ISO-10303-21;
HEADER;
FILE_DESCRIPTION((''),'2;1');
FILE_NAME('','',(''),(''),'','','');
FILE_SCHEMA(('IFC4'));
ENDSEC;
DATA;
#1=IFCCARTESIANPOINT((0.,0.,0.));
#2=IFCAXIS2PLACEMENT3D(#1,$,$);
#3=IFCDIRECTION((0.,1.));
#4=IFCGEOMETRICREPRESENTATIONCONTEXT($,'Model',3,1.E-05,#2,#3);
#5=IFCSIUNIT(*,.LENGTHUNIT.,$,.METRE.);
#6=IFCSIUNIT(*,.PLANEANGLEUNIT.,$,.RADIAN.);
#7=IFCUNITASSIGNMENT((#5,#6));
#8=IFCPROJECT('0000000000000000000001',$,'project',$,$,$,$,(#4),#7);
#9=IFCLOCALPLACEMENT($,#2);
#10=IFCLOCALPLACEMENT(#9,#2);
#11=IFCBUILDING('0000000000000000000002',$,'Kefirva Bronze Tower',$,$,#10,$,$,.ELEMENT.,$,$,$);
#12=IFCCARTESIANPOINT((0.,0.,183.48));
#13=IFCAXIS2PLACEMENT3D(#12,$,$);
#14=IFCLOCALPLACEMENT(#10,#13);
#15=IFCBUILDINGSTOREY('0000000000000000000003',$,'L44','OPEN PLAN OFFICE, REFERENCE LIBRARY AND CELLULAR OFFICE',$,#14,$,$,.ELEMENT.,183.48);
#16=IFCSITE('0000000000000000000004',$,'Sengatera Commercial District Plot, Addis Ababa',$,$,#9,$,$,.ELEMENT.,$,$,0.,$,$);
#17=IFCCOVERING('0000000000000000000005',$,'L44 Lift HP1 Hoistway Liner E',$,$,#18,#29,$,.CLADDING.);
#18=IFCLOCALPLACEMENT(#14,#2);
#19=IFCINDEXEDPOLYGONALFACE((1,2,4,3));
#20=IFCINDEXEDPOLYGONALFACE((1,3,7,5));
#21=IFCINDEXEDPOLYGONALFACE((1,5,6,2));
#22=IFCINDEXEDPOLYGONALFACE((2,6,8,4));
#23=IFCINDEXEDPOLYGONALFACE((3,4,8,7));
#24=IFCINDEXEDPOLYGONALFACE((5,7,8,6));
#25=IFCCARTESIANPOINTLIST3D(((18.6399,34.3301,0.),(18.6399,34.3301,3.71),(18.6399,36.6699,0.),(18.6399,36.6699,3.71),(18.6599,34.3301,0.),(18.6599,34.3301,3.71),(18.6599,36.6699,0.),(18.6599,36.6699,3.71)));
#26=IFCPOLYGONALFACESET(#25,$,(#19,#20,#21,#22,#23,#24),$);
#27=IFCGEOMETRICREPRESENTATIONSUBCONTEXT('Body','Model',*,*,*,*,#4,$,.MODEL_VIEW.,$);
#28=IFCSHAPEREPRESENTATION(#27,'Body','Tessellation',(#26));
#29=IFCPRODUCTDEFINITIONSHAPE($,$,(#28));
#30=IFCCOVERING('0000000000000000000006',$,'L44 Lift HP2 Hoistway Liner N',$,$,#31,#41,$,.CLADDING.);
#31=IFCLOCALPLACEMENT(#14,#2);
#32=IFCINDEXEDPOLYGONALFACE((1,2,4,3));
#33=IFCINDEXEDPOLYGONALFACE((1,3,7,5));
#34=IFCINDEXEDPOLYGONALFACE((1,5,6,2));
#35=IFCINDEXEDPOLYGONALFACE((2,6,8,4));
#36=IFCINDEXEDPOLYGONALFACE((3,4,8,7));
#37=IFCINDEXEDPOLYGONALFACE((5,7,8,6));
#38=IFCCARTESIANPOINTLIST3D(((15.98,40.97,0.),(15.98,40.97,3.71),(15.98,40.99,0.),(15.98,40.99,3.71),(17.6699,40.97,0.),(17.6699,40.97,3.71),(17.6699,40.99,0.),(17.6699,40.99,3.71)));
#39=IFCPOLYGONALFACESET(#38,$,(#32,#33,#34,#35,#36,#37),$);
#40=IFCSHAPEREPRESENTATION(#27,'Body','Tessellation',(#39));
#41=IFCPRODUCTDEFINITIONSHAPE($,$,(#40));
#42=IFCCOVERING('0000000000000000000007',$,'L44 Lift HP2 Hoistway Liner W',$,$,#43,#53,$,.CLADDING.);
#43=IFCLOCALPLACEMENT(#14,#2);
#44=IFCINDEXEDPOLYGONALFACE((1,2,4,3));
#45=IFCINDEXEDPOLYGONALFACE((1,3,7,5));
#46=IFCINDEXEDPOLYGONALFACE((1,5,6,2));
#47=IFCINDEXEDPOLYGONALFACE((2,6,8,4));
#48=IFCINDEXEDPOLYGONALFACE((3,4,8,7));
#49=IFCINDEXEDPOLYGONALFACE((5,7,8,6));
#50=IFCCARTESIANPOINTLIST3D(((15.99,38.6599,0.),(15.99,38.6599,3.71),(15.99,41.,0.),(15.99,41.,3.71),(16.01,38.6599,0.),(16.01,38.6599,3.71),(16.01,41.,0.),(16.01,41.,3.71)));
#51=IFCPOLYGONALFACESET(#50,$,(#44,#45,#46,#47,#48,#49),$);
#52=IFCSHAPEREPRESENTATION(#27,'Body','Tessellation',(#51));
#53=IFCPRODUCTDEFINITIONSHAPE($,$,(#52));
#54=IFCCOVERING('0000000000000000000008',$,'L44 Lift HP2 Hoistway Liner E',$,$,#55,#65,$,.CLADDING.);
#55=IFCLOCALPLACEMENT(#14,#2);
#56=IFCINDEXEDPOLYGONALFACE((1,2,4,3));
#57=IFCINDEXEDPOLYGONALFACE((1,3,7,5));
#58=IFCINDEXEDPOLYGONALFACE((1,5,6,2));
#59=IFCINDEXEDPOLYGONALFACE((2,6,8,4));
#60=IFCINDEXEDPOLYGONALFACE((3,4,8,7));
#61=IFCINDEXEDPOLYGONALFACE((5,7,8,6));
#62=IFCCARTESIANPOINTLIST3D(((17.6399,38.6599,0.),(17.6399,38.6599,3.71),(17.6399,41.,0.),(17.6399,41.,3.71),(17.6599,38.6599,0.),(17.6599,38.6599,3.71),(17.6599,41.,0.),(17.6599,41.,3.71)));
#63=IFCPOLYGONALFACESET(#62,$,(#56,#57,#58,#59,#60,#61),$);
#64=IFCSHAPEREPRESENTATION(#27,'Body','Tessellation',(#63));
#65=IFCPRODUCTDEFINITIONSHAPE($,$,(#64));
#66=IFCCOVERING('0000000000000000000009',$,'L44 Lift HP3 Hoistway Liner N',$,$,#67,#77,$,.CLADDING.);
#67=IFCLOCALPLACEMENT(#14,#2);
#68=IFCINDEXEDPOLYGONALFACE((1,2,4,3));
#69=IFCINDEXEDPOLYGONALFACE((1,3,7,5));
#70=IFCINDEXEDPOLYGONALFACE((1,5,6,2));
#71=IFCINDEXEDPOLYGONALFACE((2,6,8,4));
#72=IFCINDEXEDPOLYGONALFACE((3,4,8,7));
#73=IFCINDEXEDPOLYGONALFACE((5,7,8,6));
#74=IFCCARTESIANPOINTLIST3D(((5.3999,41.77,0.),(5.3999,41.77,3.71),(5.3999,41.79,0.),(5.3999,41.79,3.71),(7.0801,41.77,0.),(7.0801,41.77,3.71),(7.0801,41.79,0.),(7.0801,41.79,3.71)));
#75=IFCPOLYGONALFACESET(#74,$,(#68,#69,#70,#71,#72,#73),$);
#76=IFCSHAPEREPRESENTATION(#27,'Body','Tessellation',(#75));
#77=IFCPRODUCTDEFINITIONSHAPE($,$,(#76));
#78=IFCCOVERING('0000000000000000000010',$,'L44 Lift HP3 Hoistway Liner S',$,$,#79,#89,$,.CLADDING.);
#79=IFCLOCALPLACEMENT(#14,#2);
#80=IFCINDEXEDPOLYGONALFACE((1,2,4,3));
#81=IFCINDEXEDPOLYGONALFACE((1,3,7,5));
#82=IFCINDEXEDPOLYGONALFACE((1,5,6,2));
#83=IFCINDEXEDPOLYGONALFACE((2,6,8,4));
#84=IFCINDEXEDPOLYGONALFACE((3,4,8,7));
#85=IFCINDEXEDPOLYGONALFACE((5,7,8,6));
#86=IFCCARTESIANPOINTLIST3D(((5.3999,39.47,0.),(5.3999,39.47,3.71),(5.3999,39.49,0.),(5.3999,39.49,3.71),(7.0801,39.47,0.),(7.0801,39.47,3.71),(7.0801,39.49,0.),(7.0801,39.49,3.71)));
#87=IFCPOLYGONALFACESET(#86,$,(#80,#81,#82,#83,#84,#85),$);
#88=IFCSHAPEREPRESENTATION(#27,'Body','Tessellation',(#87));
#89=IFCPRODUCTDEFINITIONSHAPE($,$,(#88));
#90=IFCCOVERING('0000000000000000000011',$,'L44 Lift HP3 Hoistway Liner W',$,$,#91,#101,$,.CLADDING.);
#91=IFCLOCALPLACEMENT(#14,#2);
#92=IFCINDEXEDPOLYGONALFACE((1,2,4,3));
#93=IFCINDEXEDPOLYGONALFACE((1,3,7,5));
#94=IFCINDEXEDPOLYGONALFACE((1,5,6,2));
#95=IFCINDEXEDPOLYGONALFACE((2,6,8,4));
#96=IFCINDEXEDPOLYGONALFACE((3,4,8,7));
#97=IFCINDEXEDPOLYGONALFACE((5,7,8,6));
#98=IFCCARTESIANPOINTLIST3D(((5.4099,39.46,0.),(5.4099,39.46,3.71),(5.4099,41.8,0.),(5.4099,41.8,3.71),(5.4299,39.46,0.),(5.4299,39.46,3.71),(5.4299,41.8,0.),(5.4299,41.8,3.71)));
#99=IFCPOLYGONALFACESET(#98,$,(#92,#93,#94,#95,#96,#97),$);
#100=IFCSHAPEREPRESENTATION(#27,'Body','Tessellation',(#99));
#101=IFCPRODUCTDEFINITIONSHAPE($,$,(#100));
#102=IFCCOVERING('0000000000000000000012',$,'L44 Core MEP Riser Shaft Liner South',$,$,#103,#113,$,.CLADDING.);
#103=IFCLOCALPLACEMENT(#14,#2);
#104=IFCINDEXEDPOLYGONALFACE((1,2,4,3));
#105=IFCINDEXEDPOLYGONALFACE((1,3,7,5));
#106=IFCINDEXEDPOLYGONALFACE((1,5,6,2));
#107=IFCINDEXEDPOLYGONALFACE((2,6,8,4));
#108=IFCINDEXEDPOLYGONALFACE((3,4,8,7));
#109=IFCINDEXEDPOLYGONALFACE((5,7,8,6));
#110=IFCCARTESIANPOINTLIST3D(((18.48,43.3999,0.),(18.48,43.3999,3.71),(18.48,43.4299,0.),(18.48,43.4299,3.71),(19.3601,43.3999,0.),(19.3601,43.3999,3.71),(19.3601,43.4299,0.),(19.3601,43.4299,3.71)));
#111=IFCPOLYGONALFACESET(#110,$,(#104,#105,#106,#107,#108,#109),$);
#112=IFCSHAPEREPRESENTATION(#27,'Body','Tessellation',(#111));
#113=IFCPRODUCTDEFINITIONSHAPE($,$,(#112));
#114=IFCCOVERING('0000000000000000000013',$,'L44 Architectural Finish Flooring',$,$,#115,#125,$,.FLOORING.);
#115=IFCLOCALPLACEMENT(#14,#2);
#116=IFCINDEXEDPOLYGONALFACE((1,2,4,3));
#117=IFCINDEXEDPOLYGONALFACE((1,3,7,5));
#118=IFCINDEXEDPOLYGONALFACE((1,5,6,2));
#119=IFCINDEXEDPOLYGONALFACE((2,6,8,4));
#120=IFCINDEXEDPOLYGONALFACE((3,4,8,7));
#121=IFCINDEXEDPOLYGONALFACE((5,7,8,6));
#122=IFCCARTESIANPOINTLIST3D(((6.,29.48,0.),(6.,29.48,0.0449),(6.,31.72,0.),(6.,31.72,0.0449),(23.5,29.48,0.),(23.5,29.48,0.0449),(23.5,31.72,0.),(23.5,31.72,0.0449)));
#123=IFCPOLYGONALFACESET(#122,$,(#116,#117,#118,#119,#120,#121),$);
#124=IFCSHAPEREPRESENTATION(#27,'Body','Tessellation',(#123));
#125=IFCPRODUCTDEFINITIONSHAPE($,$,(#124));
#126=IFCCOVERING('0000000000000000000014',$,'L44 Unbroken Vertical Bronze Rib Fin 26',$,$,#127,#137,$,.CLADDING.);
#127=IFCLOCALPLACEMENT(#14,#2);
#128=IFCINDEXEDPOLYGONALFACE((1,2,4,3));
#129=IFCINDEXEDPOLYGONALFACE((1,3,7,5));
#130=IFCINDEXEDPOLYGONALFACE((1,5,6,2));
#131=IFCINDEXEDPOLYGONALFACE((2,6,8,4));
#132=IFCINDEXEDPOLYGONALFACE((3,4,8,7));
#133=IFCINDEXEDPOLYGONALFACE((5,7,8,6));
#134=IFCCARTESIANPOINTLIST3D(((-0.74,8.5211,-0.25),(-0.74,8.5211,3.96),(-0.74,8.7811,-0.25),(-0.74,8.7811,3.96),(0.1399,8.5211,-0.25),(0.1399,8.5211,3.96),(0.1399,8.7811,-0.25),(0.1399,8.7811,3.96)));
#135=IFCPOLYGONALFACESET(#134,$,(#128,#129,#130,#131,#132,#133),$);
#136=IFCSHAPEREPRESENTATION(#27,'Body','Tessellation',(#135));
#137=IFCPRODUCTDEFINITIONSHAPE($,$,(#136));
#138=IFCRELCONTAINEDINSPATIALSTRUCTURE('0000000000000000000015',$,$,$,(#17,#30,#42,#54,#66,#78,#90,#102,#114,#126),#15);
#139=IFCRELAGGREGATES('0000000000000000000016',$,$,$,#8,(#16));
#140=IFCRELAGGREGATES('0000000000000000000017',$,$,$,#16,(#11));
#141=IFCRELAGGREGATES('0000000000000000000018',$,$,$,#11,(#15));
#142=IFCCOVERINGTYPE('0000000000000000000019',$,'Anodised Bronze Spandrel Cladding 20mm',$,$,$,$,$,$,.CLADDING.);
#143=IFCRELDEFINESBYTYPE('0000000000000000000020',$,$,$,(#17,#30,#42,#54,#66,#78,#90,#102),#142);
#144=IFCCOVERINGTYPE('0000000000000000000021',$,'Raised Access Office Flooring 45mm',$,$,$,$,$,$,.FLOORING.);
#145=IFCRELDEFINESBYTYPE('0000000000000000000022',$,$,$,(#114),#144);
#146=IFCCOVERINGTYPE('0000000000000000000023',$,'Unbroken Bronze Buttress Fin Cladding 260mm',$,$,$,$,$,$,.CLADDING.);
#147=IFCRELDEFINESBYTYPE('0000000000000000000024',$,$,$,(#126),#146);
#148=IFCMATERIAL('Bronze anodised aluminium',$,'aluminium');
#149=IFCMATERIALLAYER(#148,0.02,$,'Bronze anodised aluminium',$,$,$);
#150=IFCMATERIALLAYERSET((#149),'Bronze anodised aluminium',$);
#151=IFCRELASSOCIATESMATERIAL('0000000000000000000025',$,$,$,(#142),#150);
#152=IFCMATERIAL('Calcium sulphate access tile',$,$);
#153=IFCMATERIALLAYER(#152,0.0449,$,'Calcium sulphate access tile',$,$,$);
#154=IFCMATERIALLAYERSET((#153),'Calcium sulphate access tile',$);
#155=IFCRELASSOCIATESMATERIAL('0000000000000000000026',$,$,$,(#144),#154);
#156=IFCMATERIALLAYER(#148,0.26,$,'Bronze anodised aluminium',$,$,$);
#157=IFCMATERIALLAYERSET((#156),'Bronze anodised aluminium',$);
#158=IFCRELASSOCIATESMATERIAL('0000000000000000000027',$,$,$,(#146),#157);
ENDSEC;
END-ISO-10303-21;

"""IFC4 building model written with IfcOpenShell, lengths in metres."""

from ifc_helpers import new_model, si_unit, direction, frame, origin, origin_2d, place, context, subcontext, project, spatial, polyline, rectangle, outline, extrude, material, layer, layer_set, type_object, element, save


model = new_model("IFC4")

# Units and contexts
model_context = context("Model", 3, precision=1e-05, world=origin(), true_north=direction((0.0, 1.0)))
body_context = subcontext(model_context, "Body", "Model", "MODEL_VIEW")
ifc_project = project(units=[si_unit("LENGTHUNIT", "METRE"), si_unit("PLANEANGLEUNIT", "RADIAN")], contexts=[model_context])

# Site, building, storey
site_placement = place(None, origin())
site = spatial("IfcSite", under=ifc_project, at=site_placement, Name="Sengatera Commercial District Plot, Addis Ababa", CompositionType="ELEMENT", RefElevation=0.0)
building_placement = place(site_placement, origin())
building = spatial("IfcBuilding", under=site, at=building_placement, Name="Kefirva Bronze Tower", CompositionType="ELEMENT")
storey_placement = place(building_placement, frame((0.0, 0.0, 183.48)))
storey = spatial("IfcBuildingStorey", under=building, at=storey_placement, Name="L44", Description="OPEN PLAN OFFICE, REFERENCE LIBRARY AND CELLULAR OFFICE", CompositionType="ELEMENT", Elevation=183.48)

# Shared definitions
ifc_material_1 = material(Name="Bronze anodised aluminium", Category="aluminium")

# Coverings
ifc_layer_1 = layer(ifc_material_1, 0.02, Name="Bronze anodised aluminium")
ifc_layer_set_1 = layer_set([ifc_layer_1], Name="Bronze anodised aluminium")
covering_type_1 = type_object("IfcCoveringType", Name="Anodised Bronze Spandrel Cladding 20mm", PredefinedType="CLADDING", material=ifc_layer_set_1)
covering_1_placement = place(storey_placement, origin())
element("IfcCovering", 1, at=covering_1_placement, inside=storey, type_object=covering_type_1, Name="L44 Lift HP1 Hoistway Liner E", PredefinedType="CLADDING", context=body_context, shape_type="SweptSolid", body=[
    extrude(outline(polyline([(18.6399, 34.3301), (18.6599, 34.3301), (18.6599, 36.6699), (18.6399, 36.6699), (18.6399, 34.3301)])), origin(), (0.0, 0.0, 1.0), 3.71),
])
covering_2_placement = place(storey_placement, origin())
element("IfcCovering", 2, at=covering_2_placement, inside=storey, type_object=covering_type_1, Name="L44 Lift HP2 Hoistway Liner N", PredefinedType="CLADDING", context=body_context, shape_type="SweptSolid", body=[
    extrude(outline(polyline([(15.98, 40.97), (17.6699, 40.97), (17.6699, 40.99), (15.98, 40.99), (15.98, 40.97)])), origin(), (0.0, 0.0, 1.0), 3.71),
])
covering_3_placement = place(storey_placement, origin())
element("IfcCovering", 3, at=covering_3_placement, inside=storey, type_object=covering_type_1, Name="L44 Lift HP2 Hoistway Liner W", PredefinedType="CLADDING", context=body_context, shape_type="SweptSolid", body=[
    extrude(outline(polyline([(15.99, 38.6599), (16.01, 38.6599), (16.01, 41.0), (15.99, 41.0), (15.99, 38.6599)])), origin(), (0.0, 0.0, 1.0), 3.71),
])
covering_4_placement = place(storey_placement, origin())
element("IfcCovering", 4, at=covering_4_placement, inside=storey, type_object=covering_type_1, Name="L44 Lift HP2 Hoistway Liner E", PredefinedType="CLADDING", context=body_context, shape_type="SweptSolid", body=[
    extrude(outline(polyline([(17.6399, 38.6599), (17.6599, 38.6599), (17.6599, 41.0), (17.6399, 41.0), (17.6399, 38.6599)])), origin(), (0.0, 0.0, 1.0), 3.71),
])
covering_5_placement = place(storey_placement, origin())
element("IfcCovering", 5, at=covering_5_placement, inside=storey, type_object=covering_type_1, Name="L44 Lift HP3 Hoistway Liner N", PredefinedType="CLADDING", context=body_context, shape_type="SweptSolid", body=[
    extrude(outline(polyline([(5.3999, 41.77), (7.0801, 41.77), (7.0801, 41.79), (5.3999, 41.79), (5.3999, 41.77)])), origin(), (0.0, 0.0, 1.0), 3.71),
])
covering_6_placement = place(storey_placement, origin())
element("IfcCovering", 6, at=covering_6_placement, inside=storey, type_object=covering_type_1, Name="L44 Lift HP3 Hoistway Liner S", PredefinedType="CLADDING", context=body_context, shape_type="SweptSolid", body=[
    extrude(outline(polyline([(5.3999, 39.47), (7.0801, 39.47), (7.0801, 39.49), (5.3999, 39.49), (5.3999, 39.47)])), origin(), (0.0, 0.0, 1.0), 3.71),
])
covering_7_placement = place(storey_placement, origin())
element("IfcCovering", 7, at=covering_7_placement, inside=storey, type_object=covering_type_1, Name="L44 Lift HP3 Hoistway Liner W", PredefinedType="CLADDING", context=body_context, shape_type="SweptSolid", body=[
    extrude(outline(polyline([(5.4099, 39.46), (5.4299, 39.46), (5.4299, 41.8), (5.4099, 41.8), (5.4099, 39.46)])), origin(), (0.0, 0.0, 1.0), 3.71),
])
covering_8_placement = place(storey_placement, origin())
element("IfcCovering", 8, at=covering_8_placement, inside=storey, type_object=covering_type_1, Name="L44 Core MEP Riser Shaft Liner South", PredefinedType="CLADDING", context=body_context, shape_type="SweptSolid", body=[
    extrude(outline(polyline([(18.48, 43.3999), (19.3601, 43.3999), (19.3601, 43.4299), (18.48, 43.4299), (18.48, 43.3999)])), origin(), (0.0, 0.0, 1.0), 3.71),
])
ifc_material_2 = material(Name="Calcium sulphate access tile")
ifc_layer_2 = layer(ifc_material_2, 0.0449, Name="Calcium sulphate access tile")
ifc_layer_set_2 = layer_set([ifc_layer_2], Name="Calcium sulphate access tile")
covering_type_2 = type_object("IfcCoveringType", Name="Raised Access Office Flooring 45mm", PredefinedType="FLOORING", material=ifc_layer_set_2)
covering_9_placement = place(storey_placement, origin())
element("IfcCovering", 9, at=covering_9_placement, inside=storey, type_object=covering_type_2, Name="L44 Architectural Finish Flooring", PredefinedType="FLOORING", context=body_context, shape_type="SweptSolid", body=[
    extrude(outline(polyline([(6.0, 29.48), (23.5, 29.48), (23.5, 31.72), (6.0, 31.72), (6.0, 29.48)])), origin(), (0.0, 0.0, 1.0), 0.0449),
])
ifc_layer_3 = layer(ifc_material_1, 0.26, Name="Bronze anodised aluminium")
ifc_layer_set_3 = layer_set([ifc_layer_3], Name="Bronze anodised aluminium")
covering_type_3 = type_object("IfcCoveringType", Name="Unbroken Bronze Buttress Fin Cladding 260mm", PredefinedType="CLADDING", material=ifc_layer_set_3)
covering_10_placement = place(storey_placement, frame((-0.3, 8.6511, -0.25), z_axis=(0.0, 0.0, 1.0), x_axis=(0.0, -1.0, 0.0)))
element("IfcCovering", 10, at=covering_10_placement, inside=storey, type_object=covering_type_3, Name="L44 Unbroken Vertical Bronze Rib Fin 26", PredefinedType="CLADDING", context=body_context, shape_type="SweptSolid", body=[
    extrude(rectangle(XDim=0.26, YDim=0.8799, at=origin_2d()), origin(), (0.0, 0.0, 1.0), 4.21),
])

save(model, "model.ifc")
